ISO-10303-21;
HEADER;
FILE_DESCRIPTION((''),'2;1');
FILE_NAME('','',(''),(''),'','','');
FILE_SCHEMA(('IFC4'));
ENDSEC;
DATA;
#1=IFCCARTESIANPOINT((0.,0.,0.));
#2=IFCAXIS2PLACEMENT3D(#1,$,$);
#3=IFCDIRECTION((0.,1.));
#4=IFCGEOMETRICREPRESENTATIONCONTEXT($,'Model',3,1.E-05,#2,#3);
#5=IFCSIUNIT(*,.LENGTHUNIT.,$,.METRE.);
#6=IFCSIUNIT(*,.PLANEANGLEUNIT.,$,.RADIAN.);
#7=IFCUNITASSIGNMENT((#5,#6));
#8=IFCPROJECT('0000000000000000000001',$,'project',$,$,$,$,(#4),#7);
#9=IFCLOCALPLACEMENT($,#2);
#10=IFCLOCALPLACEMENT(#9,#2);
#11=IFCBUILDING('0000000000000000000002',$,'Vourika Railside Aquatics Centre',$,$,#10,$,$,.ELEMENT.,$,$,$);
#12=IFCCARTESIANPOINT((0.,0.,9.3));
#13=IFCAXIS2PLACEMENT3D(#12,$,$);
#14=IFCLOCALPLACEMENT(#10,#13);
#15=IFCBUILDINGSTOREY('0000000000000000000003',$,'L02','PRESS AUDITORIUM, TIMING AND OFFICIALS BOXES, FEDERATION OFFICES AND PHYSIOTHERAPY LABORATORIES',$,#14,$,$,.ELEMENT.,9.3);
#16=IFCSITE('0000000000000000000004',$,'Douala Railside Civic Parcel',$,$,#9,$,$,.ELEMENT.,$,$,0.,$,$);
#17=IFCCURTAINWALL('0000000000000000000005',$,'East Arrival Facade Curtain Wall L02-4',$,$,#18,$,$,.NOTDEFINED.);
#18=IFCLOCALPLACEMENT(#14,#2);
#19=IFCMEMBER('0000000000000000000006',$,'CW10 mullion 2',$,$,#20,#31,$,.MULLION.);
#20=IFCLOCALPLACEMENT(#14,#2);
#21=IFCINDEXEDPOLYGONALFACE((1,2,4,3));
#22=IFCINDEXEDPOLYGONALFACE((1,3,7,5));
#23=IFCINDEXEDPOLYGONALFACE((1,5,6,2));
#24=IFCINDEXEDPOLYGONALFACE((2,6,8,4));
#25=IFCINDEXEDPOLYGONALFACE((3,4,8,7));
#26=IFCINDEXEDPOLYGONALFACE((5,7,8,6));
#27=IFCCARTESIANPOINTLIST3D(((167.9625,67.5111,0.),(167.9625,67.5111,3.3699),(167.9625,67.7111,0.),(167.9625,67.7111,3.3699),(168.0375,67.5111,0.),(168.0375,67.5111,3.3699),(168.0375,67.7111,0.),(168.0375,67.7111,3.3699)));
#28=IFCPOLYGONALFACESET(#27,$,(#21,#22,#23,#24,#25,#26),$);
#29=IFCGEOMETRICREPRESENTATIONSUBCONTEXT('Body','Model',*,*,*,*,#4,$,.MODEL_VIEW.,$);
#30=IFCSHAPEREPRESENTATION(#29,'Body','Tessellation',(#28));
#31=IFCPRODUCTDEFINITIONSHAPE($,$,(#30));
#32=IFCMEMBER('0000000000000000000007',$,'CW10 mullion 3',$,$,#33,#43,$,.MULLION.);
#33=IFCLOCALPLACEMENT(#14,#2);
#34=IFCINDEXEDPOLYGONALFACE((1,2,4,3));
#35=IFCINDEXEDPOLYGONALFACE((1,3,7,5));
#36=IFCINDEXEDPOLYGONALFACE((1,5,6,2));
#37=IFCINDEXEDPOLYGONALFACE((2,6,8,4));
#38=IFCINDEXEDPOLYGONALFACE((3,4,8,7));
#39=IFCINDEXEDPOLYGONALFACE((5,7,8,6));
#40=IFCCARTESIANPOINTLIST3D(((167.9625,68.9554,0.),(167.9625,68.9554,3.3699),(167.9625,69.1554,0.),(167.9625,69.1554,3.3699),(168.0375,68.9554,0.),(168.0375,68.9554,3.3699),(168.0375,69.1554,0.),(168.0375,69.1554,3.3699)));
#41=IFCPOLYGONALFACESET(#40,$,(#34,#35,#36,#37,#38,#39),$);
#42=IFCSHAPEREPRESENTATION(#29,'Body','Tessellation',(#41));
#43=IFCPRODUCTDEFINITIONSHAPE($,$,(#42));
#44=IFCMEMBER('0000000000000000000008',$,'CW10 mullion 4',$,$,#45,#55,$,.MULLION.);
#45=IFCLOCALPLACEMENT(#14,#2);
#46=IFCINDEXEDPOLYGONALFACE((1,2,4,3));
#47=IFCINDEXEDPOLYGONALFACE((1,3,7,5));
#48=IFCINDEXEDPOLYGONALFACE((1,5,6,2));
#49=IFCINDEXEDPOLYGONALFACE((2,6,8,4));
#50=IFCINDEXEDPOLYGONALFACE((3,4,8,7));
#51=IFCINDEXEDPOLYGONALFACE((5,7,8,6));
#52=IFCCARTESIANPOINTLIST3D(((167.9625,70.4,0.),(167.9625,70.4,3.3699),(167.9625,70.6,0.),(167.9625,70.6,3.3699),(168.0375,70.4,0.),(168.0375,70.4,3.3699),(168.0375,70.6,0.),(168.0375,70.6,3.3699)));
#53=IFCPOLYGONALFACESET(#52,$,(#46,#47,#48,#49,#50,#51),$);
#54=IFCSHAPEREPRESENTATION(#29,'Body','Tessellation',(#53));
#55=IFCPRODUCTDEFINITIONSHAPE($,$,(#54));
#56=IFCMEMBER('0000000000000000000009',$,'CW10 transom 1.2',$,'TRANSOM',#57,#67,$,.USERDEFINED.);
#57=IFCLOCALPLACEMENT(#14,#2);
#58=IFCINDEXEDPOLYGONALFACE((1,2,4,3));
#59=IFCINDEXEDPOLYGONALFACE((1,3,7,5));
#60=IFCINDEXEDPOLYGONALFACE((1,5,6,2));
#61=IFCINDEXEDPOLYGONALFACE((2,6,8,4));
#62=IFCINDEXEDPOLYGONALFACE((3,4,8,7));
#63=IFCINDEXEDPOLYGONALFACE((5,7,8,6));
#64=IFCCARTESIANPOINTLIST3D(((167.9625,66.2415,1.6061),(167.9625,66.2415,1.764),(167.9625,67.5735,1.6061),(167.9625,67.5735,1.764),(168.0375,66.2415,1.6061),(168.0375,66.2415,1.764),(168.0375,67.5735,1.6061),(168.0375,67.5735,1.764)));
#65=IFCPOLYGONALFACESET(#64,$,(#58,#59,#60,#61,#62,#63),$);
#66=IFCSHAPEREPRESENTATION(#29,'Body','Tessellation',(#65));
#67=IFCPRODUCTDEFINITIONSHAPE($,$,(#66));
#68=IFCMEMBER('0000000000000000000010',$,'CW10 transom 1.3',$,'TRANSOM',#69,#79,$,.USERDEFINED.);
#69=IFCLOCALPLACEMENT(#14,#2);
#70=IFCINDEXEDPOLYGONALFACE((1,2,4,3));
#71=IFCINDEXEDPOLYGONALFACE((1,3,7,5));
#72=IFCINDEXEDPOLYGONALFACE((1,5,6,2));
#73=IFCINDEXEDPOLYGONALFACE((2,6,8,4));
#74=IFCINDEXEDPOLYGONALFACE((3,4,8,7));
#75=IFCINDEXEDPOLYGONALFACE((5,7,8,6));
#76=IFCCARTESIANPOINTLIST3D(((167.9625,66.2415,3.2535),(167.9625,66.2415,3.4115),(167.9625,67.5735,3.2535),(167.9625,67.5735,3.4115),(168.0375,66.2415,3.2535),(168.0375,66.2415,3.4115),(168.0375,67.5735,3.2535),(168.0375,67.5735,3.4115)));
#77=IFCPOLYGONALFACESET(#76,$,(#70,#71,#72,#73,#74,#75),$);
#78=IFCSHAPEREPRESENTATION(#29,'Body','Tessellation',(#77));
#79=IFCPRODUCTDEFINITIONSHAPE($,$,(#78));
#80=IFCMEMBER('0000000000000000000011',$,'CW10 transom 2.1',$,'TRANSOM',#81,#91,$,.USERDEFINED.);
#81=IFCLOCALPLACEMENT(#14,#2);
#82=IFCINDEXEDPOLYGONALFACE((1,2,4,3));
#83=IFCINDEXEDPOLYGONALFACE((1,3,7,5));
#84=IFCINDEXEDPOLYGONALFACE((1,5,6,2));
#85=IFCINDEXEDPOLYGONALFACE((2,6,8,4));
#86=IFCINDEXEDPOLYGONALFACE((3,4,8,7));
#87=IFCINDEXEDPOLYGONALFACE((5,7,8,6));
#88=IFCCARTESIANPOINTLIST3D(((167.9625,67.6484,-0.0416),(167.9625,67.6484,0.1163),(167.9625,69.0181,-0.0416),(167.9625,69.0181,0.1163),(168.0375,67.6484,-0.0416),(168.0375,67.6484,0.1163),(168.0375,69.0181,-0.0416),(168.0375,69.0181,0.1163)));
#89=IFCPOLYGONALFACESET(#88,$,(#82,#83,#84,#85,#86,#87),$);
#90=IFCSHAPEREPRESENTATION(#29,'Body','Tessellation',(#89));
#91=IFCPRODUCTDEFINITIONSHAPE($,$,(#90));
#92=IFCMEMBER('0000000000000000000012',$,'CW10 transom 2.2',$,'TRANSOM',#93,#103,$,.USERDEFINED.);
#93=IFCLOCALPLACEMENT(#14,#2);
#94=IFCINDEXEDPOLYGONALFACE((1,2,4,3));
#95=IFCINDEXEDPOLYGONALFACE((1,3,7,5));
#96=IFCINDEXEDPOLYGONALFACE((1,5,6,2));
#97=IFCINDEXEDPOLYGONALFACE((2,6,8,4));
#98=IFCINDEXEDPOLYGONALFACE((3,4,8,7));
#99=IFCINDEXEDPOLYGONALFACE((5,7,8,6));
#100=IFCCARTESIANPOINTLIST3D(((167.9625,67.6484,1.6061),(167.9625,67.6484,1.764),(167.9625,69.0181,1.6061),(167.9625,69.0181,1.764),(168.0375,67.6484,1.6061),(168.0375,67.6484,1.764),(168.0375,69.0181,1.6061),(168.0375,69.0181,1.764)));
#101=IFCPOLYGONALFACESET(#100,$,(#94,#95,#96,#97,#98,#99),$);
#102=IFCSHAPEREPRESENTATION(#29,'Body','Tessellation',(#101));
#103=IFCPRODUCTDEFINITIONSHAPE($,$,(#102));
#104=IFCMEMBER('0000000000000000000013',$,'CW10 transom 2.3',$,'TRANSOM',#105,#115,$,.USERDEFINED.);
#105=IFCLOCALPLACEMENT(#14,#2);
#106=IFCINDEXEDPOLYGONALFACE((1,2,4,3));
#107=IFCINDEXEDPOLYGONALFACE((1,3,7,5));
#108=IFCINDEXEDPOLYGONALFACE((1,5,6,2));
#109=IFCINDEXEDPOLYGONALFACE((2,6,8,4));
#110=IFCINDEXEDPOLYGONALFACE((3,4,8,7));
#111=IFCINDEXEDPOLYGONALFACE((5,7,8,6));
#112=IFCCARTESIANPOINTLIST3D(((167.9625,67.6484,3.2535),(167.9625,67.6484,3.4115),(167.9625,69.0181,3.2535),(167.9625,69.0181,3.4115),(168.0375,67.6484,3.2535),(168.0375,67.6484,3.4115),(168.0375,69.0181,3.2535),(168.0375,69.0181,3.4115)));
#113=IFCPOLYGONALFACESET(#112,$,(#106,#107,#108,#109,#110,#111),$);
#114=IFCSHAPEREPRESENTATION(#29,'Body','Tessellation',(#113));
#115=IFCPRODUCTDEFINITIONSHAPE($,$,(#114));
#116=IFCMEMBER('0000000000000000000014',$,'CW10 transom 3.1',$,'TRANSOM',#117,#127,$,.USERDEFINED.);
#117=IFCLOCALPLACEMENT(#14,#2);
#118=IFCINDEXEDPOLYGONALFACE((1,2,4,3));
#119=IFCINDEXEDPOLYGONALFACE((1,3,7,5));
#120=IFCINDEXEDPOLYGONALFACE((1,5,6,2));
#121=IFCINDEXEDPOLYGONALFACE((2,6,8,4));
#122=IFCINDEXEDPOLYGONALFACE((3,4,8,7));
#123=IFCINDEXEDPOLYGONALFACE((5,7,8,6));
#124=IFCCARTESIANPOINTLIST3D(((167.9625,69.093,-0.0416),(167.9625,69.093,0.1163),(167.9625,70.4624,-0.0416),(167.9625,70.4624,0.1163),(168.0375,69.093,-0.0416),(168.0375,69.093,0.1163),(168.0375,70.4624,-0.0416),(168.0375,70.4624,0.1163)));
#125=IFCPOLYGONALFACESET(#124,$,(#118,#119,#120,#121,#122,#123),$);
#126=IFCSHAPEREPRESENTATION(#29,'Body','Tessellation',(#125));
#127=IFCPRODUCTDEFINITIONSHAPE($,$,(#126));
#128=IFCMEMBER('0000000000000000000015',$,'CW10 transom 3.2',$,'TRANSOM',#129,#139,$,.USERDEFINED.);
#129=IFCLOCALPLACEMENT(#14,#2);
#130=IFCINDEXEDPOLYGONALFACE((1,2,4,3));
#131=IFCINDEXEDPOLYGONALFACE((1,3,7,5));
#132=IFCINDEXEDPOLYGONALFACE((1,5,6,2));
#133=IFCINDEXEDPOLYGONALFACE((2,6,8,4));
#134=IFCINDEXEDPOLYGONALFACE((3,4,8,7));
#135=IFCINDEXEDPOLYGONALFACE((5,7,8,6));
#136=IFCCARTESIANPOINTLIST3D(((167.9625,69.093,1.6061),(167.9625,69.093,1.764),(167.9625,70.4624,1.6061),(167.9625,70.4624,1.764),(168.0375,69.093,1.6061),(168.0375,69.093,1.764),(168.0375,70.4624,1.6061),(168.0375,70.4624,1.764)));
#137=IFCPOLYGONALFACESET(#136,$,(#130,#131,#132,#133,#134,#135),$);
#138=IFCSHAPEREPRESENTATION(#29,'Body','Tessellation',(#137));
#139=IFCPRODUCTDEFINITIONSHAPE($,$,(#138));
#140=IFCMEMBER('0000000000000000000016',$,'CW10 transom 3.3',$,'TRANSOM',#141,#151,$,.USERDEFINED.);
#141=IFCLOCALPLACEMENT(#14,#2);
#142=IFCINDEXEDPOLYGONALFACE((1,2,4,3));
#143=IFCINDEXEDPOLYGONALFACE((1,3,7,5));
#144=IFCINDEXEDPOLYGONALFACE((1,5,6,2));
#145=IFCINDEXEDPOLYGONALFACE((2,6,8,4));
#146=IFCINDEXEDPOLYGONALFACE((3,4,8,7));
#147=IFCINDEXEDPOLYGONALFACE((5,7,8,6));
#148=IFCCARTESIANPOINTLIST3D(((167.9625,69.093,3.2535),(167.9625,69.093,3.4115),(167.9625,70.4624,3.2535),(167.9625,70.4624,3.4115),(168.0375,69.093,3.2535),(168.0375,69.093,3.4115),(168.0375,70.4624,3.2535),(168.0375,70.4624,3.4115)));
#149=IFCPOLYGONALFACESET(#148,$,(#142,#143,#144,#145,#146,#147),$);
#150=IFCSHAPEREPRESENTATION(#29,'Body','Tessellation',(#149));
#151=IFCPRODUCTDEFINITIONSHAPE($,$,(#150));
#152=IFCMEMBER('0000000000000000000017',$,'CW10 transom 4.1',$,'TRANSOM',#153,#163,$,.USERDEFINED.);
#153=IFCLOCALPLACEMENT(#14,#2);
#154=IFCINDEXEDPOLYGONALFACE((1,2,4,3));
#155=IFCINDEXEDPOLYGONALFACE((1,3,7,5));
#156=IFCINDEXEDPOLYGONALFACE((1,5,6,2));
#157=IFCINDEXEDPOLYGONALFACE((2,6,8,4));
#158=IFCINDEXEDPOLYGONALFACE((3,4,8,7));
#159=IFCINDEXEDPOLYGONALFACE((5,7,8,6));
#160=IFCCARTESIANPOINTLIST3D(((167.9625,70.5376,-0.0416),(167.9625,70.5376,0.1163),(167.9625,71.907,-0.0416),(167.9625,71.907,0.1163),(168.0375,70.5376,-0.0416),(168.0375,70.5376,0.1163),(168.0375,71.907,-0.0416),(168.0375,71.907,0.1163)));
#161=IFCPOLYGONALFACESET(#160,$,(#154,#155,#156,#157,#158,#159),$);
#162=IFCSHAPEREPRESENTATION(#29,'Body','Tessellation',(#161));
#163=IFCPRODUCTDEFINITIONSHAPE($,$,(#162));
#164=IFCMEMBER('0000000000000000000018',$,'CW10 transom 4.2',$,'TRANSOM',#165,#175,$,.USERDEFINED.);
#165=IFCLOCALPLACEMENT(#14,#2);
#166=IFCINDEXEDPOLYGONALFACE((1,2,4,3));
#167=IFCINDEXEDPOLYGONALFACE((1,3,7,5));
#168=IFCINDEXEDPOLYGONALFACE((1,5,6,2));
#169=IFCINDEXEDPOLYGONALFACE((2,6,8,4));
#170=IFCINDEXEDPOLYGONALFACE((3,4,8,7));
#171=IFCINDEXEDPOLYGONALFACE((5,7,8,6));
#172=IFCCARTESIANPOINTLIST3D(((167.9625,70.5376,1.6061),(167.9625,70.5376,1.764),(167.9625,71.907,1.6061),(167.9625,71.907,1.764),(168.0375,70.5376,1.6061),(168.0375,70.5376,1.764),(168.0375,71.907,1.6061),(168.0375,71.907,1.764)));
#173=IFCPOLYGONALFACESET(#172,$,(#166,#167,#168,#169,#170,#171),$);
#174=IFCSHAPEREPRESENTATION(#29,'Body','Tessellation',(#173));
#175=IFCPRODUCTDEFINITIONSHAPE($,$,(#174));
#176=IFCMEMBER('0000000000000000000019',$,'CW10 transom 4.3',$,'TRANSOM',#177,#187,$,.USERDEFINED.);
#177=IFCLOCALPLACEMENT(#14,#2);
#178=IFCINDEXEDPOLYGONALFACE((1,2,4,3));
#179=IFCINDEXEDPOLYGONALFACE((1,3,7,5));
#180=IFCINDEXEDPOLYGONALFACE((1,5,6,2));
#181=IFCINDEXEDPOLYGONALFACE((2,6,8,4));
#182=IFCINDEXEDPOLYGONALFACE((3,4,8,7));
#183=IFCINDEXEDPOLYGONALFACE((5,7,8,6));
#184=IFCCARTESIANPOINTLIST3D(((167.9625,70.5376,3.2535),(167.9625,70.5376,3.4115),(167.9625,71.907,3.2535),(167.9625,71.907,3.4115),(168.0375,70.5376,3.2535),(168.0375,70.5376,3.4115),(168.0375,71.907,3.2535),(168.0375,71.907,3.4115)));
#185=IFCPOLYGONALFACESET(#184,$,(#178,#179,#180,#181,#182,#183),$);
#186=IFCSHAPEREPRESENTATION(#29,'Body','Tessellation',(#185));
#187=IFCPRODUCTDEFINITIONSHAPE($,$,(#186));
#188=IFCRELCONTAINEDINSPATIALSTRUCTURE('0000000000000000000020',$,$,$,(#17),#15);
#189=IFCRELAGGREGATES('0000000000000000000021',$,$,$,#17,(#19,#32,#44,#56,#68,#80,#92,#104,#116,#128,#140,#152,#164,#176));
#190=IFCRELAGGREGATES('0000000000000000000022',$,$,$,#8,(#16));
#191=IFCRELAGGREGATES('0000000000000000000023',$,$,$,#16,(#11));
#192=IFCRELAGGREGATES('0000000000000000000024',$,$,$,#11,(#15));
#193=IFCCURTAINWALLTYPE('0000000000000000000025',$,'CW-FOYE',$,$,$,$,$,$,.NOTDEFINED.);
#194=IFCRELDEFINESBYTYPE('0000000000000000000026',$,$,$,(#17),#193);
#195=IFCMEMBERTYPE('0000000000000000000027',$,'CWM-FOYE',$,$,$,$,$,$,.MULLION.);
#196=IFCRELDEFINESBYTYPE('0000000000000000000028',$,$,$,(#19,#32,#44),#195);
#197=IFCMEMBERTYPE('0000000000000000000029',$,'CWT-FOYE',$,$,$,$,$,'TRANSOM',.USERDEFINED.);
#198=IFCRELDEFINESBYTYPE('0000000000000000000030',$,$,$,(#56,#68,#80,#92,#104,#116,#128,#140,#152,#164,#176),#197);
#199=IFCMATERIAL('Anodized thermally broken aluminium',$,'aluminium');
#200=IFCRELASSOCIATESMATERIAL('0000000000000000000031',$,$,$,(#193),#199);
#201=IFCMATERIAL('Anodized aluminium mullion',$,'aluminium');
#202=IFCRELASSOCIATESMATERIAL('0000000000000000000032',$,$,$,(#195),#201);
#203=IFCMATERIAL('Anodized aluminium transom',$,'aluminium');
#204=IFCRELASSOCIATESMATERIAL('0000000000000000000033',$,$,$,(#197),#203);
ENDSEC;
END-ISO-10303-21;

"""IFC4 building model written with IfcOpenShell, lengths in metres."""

from ifc_helpers import new_model, si_unit, direction, frame, origin, origin_2d, place, context, subcontext, project, spatial, rectangle, extrude, material, material_profile, profile_set, type_object, element, aggregate, save


model = new_model("IFC4")

# Units and contexts
model_context = context("Model", 3, precision=1e-05, world=origin(), true_north=direction((0.0, 1.0)))
body_context = subcontext(model_context, "Body", "Model", "MODEL_VIEW")
ifc_project = project(units=[si_unit("LENGTHUNIT", "METRE"), si_unit("PLANEANGLEUNIT", "RADIAN")], contexts=[model_context])

# Site, building, storey
site_placement = place(None, origin())
site = spatial("IfcSite", under=ifc_project, at=site_placement, Name="Douala Railside Civic Parcel", CompositionType="ELEMENT", RefElevation=0.0)
building_placement = place(site_placement, origin())
building = spatial("IfcBuilding", under=site, at=building_placement, Name="Vourika Railside Aquatics Centre", CompositionType="ELEMENT")
storey_placement = place(building_placement, frame((0.0, 0.0, 9.3)))
storey = spatial("IfcBuildingStorey", under=building, at=storey_placement, Name="L02", Description="PRESS AUDITORIUM, TIMING AND OFFICIALS BOXES, FEDERATION OFFICES AND PHYSIOTHERAPY LABORATORIES", CompositionType="ELEMENT", Elevation=9.3)

# Curtain wall, members
ifc_material_1 = material(Name="Anodized thermally broken aluminium", Category="aluminium")
curtain_wall_type = type_object("IfcCurtainWallType", Name="CW-FOYE", PredefinedType="NOTDEFINED", material=ifc_material_1)
curtain_wall_placement = place(storey_placement, origin())
curtain_wall = element("IfcCurtainWall", 1, at=curtain_wall_placement, inside=storey, type_object=curtain_wall_type, Name="East Arrival Facade Curtain Wall L02-4", PredefinedType="NOTDEFINED")
ifc_material_2 = material(Name="Anodized aluminium mullion", Category="aluminium")
ifc_material_profile_1 = material_profile(ifc_material_2, rectangle(XDim=0.075, YDim=0.2, at=origin_2d()), Name="ALU-M 75x200")
ifc_profile_set_1 = profile_set([ifc_material_profile_1], Name="Anodized aluminium mullion")
member_type_1 = type_object("IfcMemberType", Name="CWM-FOYE", PredefinedType="MULLION", material=ifc_profile_set_1)
member_1_placement = place(storey_placement, frame((168.0, 67.6111, 0.0), z_axis=(0.0, 0.0, 1.0), x_axis=(-1.0, 0.0, 0.0)))
member_1 = element("IfcMember", 2, at=member_1_placement, type_object=member_type_1, Name="CW10 mullion 2", PredefinedType="MULLION", context=body_context, shape_type="SweptSolid", body=[
    extrude(rectangle(XDim=0.075, YDim=0.2, at=origin_2d()), origin(), (0.0, 0.0, 1.0), 3.3699),
])
member_2_placement = place(storey_placement, frame((168.0, 69.0554, 0.0), z_axis=(0.0, 0.0, 1.0), x_axis=(-1.0, 0.0, 0.0)))
member_2 = element("IfcMember", 3, at=member_2_placement, type_object=member_type_1, Name="CW10 mullion 3", PredefinedType="MULLION", context=body_context, shape_type="SweptSolid", body=[
    extrude(rectangle(XDim=0.075, YDim=0.2, at=origin_2d()), origin(), (0.0, 0.0, 1.0), 3.3699),
])
member_3_placement = place(storey_placement, frame((168.0, 70.5, 0.0), z_axis=(0.0, 0.0, 1.0), x_axis=(-1.0, 0.0, 0.0)))
member_3 = element("IfcMember", 4, at=member_3_placement, type_object=member_type_1, Name="CW10 mullion 4", PredefinedType="MULLION", context=body_context, shape_type="SweptSolid", body=[
    extrude(rectangle(XDim=0.075, YDim=0.2, at=origin_2d()), origin(), (0.0, 0.0, 1.0), 3.3699),
])
ifc_material_3 = material(Name="Anodized aluminium transom", Category="aluminium")
ifc_material_profile_2 = material_profile(ifc_material_3, rectangle(XDim=0.075, YDim=0.158, at=origin_2d()), Name="ALU-T 75x158")
ifc_profile_set_2 = profile_set([ifc_material_profile_2], Name="Anodized aluminium transom")
member_type_2 = type_object("IfcMemberType", Name="CWT-FOYE", ElementType="TRANSOM", PredefinedType="USERDEFINED", material=ifc_profile_set_2)
member_4_placement = place(storey_placement, frame((168.0, 66.2415, 1.6851), z_axis=(0.0, 1.0, 0.0), x_axis=(-1.0, 0.0, 0.0)))
member_4 = element("IfcMember", 5, at=member_4_placement, type_object=member_type_2, Name="CW10 transom 1.2", ObjectType="TRANSOM", PredefinedType="USERDEFINED", context=body_context, shape_type="SweptSolid", body=[
    extrude(rectangle(XDim=0.075, YDim=0.158, at=origin_2d()), origin(), (0.0, 0.0, 1.0), 1.332),
])
member_5_placement = place(storey_placement, frame((168.0, 66.2415, 3.3325), z_axis=(0.0, 1.0, 0.0), x_axis=(-1.0, 0.0, 0.0)))
member_5 = element("IfcMember", 6, at=member_5_placement, type_object=member_type_2, Name="CW10 transom 1.3", ObjectType="TRANSOM", PredefinedType="USERDEFINED", context=body_context, shape_type="SweptSolid", body=[
    extrude(rectangle(XDim=0.075, YDim=0.158, at=origin_2d()), origin(), (0.0, 0.0, 1.0), 1.332),
])
member_6_placement = place(storey_placement, frame((168.0, 67.6484, 0.0374), z_axis=(0.0, 1.0, 0.0), x_axis=(-1.0, 0.0, 0.0)))
member_6 = element("IfcMember", 7, at=member_6_placement, type_object=member_type_2, Name="CW10 transom 2.1", ObjectType="TRANSOM", PredefinedType="USERDEFINED", context=body_context, shape_type="SweptSolid", body=[
    extrude(rectangle(XDim=0.075, YDim=0.158, at=origin_2d()), origin(), (0.0, 0.0, 1.0), 1.3696),
])
member_7_placement = place(storey_placement, frame((168.0, 67.6484, 1.6851), z_axis=(0.0, 1.0, 0.0), x_axis=(-1.0, 0.0, 0.0)))
member_7 = element("IfcMember", 8, at=member_7_placement, type_object=member_type_2, Name="CW10 transom 2.2", ObjectType="TRANSOM", PredefinedType="USERDEFINED", context=body_context, shape_type="SweptSolid", body=[
    extrude(rectangle(XDim=0.075, YDim=0.158, at=origin_2d()), origin(), (0.0, 0.0, 1.0), 1.3696),
])
member_8_placement = place(storey_placement, frame((168.0, 67.6484, 3.3325), z_axis=(0.0, 1.0, 0.0), x_axis=(-1.0, 0.0, 0.0)))
member_8 = element("IfcMember", 9, at=member_8_placement, type_object=member_type_2, Name="CW10 transom 2.3", ObjectType="TRANSOM", PredefinedType="USERDEFINED", context=body_context, shape_type="SweptSolid", body=[
    extrude(rectangle(XDim=0.075, YDim=0.158, at=origin_2d()), origin(), (0.0, 0.0, 1.0), 1.3696),
])
member_9_placement = place(storey_placement, frame((168.0, 69.093, 0.0374), z_axis=(0.0, 1.0, 0.0), x_axis=(-1.0, 0.0, 0.0)))
member_9 = element("IfcMember", 10, at=member_9_placement, type_object=member_type_2, Name="CW10 transom 3.1", ObjectType="TRANSOM", PredefinedType="USERDEFINED", context=body_context, shape_type="SweptSolid", body=[
    extrude(rectangle(XDim=0.075, YDim=0.158, at=origin_2d()), origin(), (0.0, 0.0, 1.0), 1.3694),
])
member_10_placement = place(storey_placement, frame((168.0, 69.093, 1.6851), z_axis=(0.0, 1.0, 0.0), x_axis=(-1.0, 0.0, 0.0)))
member_10 = element("IfcMember", 11, at=member_10_placement, type_object=member_type_2, Name="CW10 transom 3.2", ObjectType="TRANSOM", PredefinedType="USERDEFINED", context=body_context, shape_type="SweptSolid", body=[
    extrude(rectangle(XDim=0.075, YDim=0.158, at=origin_2d()), origin(), (0.0, 0.0, 1.0), 1.3694),
])
member_11_placement = place(storey_placement, frame((168.0, 69.093, 3.3325), z_axis=(0.0, 1.0, 0.0), x_axis=(-1.0, 0.0, 0.0)))
member_11 = element("IfcMember", 12, at=member_11_placement, type_object=member_type_2, Name="CW10 transom 3.3", ObjectType="TRANSOM", PredefinedType="USERDEFINED", context=body_context, shape_type="SweptSolid", body=[
    extrude(rectangle(XDim=0.075, YDim=0.158, at=origin_2d()), origin(), (0.0, 0.0, 1.0), 1.3694),
])
member_12_placement = place(storey_placement, frame((168.0, 70.5376, 0.0374), z_axis=(0.0, 1.0, 0.0), x_axis=(-1.0, 0.0, 0.0)))
member_12 = element("IfcMember", 13, at=member_12_placement, type_object=member_type_2, Name="CW10 transom 4.1", ObjectType="TRANSOM", PredefinedType="USERDEFINED", context=body_context, shape_type="SweptSolid", body=[
    extrude(rectangle(XDim=0.075, YDim=0.158, at=origin_2d()), origin(), (0.0, 0.0, 1.0), 1.3694),
])
member_13_placement = place(storey_placement, frame((168.0, 70.5376, 1.6851), z_axis=(0.0, 1.0, 0.0), x_axis=(-1.0, 0.0, 0.0)))
member_13 = element("IfcMember", 14, at=member_13_placement, type_object=member_type_2, Name="CW10 transom 4.2", ObjectType="TRANSOM", PredefinedType="USERDEFINED", context=body_context, shape_type="SweptSolid", body=[
    extrude(rectangle(XDim=0.075, YDim=0.158, at=origin_2d()), origin(), (0.0, 0.0, 1.0), 1.3694),
])
member_14_placement = place(storey_placement, frame((168.0, 70.5376, 3.3325), z_axis=(0.0, 1.0, 0.0), x_axis=(-1.0, 0.0, 0.0)))
member_14 = element("IfcMember", 15, at=member_14_placement, type_object=member_type_2, Name="CW10 transom 4.3", ObjectType="TRANSOM", PredefinedType="USERDEFINED", context=body_context, shape_type="SweptSolid", body=[
    extrude(rectangle(XDim=0.075, YDim=0.158, at=origin_2d()), origin(), (0.0, 0.0, 1.0), 1.3694),
])
aggregate(curtain_wall, [member_1, member_2, member_3, member_4, member_5, member_6, member_7, member_8, member_9, member_10, member_11, member_12, member_13, member_14])

save(model, "model.ifc")
